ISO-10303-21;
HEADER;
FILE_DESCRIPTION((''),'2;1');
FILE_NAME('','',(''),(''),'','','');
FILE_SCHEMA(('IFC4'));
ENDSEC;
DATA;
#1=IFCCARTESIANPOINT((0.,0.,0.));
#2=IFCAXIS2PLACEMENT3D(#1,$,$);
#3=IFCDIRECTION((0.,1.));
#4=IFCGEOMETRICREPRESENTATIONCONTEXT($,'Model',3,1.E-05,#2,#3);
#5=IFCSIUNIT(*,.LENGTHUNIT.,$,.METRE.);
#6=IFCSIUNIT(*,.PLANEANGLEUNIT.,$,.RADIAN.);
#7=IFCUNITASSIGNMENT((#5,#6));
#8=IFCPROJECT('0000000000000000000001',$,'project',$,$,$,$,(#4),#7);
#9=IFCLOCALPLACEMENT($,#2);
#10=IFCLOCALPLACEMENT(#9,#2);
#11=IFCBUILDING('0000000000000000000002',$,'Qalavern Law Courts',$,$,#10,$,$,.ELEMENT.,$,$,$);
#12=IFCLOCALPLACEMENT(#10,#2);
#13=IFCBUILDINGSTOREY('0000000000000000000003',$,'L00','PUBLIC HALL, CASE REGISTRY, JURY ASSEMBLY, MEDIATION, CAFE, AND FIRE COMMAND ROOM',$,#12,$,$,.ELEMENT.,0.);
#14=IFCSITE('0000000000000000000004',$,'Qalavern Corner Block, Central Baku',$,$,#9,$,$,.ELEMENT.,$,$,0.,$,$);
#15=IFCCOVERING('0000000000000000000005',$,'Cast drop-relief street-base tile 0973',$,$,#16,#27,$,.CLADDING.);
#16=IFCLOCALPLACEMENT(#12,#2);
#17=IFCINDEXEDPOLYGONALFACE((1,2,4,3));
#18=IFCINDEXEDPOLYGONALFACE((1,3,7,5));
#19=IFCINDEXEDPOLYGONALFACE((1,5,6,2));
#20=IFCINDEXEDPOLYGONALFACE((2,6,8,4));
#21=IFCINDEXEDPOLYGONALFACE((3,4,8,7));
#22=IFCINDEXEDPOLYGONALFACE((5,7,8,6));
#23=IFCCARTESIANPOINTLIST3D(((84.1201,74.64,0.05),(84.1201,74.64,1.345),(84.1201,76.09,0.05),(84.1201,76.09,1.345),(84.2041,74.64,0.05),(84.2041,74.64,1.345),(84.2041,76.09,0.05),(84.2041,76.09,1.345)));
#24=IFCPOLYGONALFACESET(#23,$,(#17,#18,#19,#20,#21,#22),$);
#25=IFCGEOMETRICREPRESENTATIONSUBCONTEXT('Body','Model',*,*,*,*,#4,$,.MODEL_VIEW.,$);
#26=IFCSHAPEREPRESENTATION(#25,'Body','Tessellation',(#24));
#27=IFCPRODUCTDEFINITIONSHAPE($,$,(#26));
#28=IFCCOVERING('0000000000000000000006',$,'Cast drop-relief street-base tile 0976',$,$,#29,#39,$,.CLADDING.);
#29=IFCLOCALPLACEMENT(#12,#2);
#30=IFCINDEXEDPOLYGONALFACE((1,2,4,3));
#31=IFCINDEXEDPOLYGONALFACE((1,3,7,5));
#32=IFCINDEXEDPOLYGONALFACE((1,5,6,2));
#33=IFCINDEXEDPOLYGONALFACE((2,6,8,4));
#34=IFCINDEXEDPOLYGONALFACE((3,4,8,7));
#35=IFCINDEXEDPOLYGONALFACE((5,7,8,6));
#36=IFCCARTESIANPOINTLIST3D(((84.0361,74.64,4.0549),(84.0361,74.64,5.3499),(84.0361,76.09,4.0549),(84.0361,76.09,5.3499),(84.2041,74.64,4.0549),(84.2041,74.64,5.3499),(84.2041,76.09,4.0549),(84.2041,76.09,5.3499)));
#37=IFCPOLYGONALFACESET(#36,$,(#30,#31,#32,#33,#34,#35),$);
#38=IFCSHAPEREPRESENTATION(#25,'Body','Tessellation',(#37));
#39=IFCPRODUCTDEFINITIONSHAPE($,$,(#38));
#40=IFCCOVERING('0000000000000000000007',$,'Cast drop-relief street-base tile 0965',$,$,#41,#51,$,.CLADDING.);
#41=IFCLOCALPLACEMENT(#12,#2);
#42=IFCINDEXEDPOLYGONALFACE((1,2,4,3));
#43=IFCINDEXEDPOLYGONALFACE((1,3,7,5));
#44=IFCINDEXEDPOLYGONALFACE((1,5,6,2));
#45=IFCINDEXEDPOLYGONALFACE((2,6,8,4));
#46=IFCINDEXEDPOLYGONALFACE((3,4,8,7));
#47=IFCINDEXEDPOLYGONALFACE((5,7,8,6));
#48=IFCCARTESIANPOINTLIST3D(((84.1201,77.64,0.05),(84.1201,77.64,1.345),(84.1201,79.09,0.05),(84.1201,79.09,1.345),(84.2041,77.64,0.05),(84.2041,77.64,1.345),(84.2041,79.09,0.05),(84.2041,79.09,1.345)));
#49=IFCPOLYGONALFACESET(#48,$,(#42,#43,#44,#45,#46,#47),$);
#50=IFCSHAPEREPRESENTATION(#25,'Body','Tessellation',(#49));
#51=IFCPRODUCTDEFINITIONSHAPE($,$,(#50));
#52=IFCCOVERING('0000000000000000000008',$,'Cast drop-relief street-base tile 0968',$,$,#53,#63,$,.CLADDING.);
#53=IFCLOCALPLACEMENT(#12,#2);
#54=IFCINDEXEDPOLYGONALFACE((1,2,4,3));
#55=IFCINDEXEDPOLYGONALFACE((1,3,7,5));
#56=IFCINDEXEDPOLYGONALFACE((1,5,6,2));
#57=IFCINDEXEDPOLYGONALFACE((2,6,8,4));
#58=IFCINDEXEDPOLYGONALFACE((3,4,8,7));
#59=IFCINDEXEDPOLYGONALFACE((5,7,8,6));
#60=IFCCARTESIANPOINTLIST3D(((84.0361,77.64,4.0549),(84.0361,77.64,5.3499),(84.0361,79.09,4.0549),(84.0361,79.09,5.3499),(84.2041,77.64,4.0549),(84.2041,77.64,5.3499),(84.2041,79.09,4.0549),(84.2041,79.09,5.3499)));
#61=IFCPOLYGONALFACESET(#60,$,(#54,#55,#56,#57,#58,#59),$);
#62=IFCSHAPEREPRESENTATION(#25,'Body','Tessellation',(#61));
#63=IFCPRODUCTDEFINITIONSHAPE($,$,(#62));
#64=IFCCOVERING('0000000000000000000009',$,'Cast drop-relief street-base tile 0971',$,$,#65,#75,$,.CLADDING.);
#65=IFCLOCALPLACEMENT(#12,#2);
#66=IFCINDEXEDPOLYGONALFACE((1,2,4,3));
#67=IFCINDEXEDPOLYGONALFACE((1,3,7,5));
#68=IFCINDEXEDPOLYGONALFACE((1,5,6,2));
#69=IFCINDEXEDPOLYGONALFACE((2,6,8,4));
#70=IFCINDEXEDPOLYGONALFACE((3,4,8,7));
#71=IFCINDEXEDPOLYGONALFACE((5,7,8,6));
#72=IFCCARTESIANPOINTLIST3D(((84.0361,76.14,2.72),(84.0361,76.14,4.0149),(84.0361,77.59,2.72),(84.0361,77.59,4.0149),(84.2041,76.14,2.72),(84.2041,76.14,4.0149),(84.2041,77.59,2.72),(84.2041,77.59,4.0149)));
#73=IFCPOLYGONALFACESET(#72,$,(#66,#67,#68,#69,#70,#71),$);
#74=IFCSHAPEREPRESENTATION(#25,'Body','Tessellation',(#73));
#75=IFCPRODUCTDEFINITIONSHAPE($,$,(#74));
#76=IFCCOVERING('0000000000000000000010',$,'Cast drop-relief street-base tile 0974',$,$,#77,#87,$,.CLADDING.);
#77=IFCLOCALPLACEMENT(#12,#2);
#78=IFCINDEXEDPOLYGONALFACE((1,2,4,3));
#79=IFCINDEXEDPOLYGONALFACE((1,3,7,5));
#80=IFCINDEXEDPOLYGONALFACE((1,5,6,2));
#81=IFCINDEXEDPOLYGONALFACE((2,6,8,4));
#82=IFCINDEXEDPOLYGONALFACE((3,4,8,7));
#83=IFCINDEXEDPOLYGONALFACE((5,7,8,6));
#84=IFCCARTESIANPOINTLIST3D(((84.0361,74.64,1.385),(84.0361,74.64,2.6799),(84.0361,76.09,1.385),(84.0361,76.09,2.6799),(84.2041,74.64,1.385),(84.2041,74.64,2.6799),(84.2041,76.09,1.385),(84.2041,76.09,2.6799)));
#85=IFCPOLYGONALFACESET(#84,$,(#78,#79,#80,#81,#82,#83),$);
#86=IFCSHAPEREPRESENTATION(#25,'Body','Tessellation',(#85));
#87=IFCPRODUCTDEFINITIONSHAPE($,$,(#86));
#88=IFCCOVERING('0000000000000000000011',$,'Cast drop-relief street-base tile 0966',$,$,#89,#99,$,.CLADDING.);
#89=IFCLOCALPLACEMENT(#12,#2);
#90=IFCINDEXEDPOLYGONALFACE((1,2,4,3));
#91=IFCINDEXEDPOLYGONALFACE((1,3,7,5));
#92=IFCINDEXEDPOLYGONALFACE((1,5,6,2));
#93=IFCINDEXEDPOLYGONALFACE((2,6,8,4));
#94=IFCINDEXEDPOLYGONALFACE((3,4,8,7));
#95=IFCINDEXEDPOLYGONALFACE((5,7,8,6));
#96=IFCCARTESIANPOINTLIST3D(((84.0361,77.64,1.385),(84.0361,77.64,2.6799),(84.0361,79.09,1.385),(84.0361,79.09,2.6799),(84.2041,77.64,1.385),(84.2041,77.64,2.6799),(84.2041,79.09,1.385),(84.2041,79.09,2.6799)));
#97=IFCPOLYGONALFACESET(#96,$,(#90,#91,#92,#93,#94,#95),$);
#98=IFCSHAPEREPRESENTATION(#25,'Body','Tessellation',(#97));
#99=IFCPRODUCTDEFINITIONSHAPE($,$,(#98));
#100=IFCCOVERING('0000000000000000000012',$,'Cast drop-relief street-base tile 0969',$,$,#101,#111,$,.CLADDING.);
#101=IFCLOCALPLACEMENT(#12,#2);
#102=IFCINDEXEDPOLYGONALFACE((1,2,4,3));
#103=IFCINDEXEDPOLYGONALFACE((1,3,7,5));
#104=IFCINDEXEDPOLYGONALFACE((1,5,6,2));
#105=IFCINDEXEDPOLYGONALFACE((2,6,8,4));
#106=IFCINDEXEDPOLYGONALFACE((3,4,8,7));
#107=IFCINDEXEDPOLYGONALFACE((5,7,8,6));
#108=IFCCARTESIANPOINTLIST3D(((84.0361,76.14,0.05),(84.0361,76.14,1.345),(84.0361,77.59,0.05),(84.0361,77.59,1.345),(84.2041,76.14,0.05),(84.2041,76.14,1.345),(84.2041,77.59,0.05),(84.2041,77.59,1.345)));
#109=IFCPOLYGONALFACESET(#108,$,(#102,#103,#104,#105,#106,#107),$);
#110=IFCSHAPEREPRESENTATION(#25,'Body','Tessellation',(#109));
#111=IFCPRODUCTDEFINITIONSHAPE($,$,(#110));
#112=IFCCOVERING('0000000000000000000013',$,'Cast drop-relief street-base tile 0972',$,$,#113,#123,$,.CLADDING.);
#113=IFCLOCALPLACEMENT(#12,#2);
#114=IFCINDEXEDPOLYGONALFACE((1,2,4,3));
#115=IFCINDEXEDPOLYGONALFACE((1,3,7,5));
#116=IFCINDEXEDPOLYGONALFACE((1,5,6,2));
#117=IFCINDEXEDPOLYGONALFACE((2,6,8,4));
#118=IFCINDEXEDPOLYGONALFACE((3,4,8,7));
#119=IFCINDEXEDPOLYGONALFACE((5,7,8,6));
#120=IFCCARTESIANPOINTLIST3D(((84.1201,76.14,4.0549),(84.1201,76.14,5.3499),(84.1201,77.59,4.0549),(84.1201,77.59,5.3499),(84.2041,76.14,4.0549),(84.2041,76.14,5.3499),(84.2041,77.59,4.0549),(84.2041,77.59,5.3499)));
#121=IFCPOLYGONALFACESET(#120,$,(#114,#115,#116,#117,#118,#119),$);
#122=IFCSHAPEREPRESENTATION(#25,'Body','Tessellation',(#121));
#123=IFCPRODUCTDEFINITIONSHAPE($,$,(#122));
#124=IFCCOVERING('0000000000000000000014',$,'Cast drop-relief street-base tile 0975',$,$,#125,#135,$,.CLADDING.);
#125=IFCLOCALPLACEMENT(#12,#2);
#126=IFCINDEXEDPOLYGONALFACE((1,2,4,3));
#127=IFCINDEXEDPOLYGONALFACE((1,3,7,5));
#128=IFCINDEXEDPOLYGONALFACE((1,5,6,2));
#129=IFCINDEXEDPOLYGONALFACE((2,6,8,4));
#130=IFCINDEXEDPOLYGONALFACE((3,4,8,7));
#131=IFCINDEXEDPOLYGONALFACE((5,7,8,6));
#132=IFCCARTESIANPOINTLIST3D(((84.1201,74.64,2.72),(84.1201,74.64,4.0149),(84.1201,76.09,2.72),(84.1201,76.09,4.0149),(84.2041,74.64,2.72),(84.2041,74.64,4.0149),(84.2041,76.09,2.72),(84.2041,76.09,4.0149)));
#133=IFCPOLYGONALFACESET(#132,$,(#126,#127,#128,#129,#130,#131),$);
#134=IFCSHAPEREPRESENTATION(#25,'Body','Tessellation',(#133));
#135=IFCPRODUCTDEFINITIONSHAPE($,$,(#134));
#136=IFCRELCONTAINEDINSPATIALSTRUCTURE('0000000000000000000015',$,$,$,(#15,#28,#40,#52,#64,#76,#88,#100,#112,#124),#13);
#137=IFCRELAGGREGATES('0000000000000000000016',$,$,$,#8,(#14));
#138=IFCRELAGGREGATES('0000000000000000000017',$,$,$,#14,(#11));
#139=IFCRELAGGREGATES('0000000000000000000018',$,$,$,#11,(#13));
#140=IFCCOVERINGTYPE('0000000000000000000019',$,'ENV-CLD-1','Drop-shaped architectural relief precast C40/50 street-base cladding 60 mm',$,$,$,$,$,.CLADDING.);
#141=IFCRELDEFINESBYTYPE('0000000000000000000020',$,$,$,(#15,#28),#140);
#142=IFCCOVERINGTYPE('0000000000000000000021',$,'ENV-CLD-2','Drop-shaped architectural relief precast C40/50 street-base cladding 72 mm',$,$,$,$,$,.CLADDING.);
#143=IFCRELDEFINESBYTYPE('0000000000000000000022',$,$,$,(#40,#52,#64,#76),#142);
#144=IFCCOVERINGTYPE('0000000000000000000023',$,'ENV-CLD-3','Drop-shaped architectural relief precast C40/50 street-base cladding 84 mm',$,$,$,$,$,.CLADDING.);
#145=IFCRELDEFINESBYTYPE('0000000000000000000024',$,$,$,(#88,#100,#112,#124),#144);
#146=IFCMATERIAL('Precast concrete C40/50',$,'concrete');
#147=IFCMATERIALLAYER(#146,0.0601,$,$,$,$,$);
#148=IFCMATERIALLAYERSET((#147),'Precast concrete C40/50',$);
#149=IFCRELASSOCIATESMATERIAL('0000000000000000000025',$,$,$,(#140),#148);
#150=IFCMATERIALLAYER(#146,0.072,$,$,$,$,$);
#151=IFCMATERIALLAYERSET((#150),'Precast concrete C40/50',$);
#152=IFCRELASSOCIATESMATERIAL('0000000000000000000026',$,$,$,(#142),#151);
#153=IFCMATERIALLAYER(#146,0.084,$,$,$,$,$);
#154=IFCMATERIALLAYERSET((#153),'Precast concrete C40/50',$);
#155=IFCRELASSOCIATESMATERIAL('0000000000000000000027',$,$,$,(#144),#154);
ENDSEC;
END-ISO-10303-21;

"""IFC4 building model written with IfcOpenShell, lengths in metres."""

from ifc_helpers import new_model, si_unit, direction, frame, origin, origin_2d, place, context, subcontext, project, spatial, rectangle, extrude, material, layer, layer_set, type_object, element, save


model = new_model("IFC4")

# Units and contexts
model_context = context("Model", 3, precision=1e-05, world=origin(), true_north=direction((0.0, 1.0)))
body_context = subcontext(model_context, "Body", "Model", "MODEL_VIEW")
ifc_project = project(units=[si_unit("LENGTHUNIT", "METRE"), si_unit("PLANEANGLEUNIT", "RADIAN")], contexts=[model_context])

# Site, building, storey
site_placement = place(None, origin())
site = spatial("IfcSite", under=ifc_project, at=site_placement, Name="Qalavern Corner Block, Central Baku", CompositionType="ELEMENT", RefElevation=0.0)
building_placement = place(site_placement, origin())
building = spatial("IfcBuilding", under=site, at=building_placement, Name="Qalavern Law Courts", CompositionType="ELEMENT")
storey_placement = place(building_placement, origin())
storey = spatial("IfcBuildingStorey", under=building, at=storey_placement, Name="L00", Description="PUBLIC HALL, CASE REGISTRY, JURY ASSEMBLY, MEDIATION, CAFE, AND FIRE COMMAND ROOM", CompositionType="ELEMENT", Elevation=0.0)

# Coverings
ifc_material_1 = material(Name="Precast concrete C40/50", Category="concrete")
ifc_layer_1 = layer(ifc_material_1, 0.0601)
ifc_layer_set_1 = layer_set([ifc_layer_1], Name="Precast concrete C40/50")
covering_type_1 = type_object("IfcCoveringType", Name="ENV-CLD-1", Description="Drop-shaped architectural relief precast C40/50 street-base cladding 60 mm", PredefinedType="CLADDING", material=ifc_layer_set_1)
for number, where, z_axis, x_axis, name in (
    (1, (84.1621, 75.365, 0.05), (0.0, 0.0, 1.0), (0.0, -1.0, 0.0), "Cast drop-relief street-base tile 0973"),
):
    element("IfcCovering", number, at=place(storey_placement, frame(where, z_axis=z_axis, x_axis=x_axis)), inside=storey, type_object=covering_type_1, Name=name, PredefinedType="CLADDING", context=body_context, shape_type="SweptSolid", body=[
        extrude(rectangle(XDim=1.45, YDim=0.084, at=origin_2d()), origin(), (0.0, 0.0, 1.0), 1.2949),
    ])
covering_1_placement = place(storey_placement, frame((84.1201, 75.365, 4.0549), z_axis=(0.0, 0.0, 1.0), x_axis=(0.0, -1.0, 0.0)))
element("IfcCovering", 2, at=covering_1_placement, inside=storey, type_object=covering_type_1, Name="Cast drop-relief street-base tile 0976", PredefinedType="CLADDING", context=body_context, shape_type="SweptSolid", body=[
    extrude(rectangle(XDim=1.45, YDim=0.168, at=origin_2d()), origin(), (0.0, 0.0, 1.0), 1.2949),
])
ifc_layer_2 = layer(ifc_material_1, 0.072)
ifc_layer_set_2 = layer_set([ifc_layer_2], Name="Precast concrete C40/50")
covering_type_2 = type_object("IfcCoveringType", Name="ENV-CLD-2", Description="Drop-shaped architectural relief precast C40/50 street-base cladding 72 mm", PredefinedType="CLADDING", material=ifc_layer_set_2)
covering_2_placement = place(storey_placement, frame((84.1621, 78.365, 0.05), z_axis=(0.0, 0.0, 1.0), x_axis=(0.0, -1.0, 0.0)))
element("IfcCovering", 3, at=covering_2_placement, inside=storey, type_object=covering_type_2, Name="Cast drop-relief street-base tile 0965", PredefinedType="CLADDING", context=body_context, shape_type="SweptSolid", body=[
    extrude(rectangle(XDim=1.45, YDim=0.084, at=origin_2d()), origin(), (0.0, 0.0, 1.0), 1.2949),
])
for number, where, z_axis, x_axis, name in (
    (4, (84.1201, 78.365, 4.0549), (0.0, 0.0, 1.0), (0.0, -1.0, 0.0), "Cast drop-relief street-base tile 0968"),
    (5, (84.1201, 76.865, 2.72), (0.0, 0.0, 1.0), (0.0, -1.0, 0.0), "Cast drop-relief street-base tile 0971"),
    (6, (84.1201, 75.365, 1.385), (0.0, 0.0, 1.0), (0.0, -1.0, 0.0), "Cast drop-relief street-base tile 0974"),
):
    element("IfcCovering", number, at=place(storey_placement, frame(where, z_axis=z_axis, x_axis=x_axis)), inside=storey, type_object=covering_type_2, Name=name, PredefinedType="CLADDING", context=body_context, shape_type="SweptSolid", body=[
        extrude(rectangle(XDim=1.45, YDim=0.168, at=origin_2d()), origin(), (0.0, 0.0, 1.0), 1.2949),
    ])
ifc_layer_3 = layer(ifc_material_1, 0.084)
ifc_layer_set_3 = layer_set([ifc_layer_3], Name="Precast concrete C40/50")
covering_type_3 = type_object("IfcCoveringType", Name="ENV-CLD-3", Description="Drop-shaped architectural relief precast C40/50 street-base cladding 84 mm", PredefinedType="CLADDING", material=ifc_layer_set_3)
for number, where, z_axis, x_axis, name in (
    (7, (84.1201, 78.365, 1.385), (0.0, 0.0, 1.0), (0.0, -1.0, 0.0), "Cast drop-relief street-base tile 0966"),
    (8, (84.1201, 76.865, 0.05), (0.0, 0.0, 1.0), (0.0, -1.0, 0.0), "Cast drop-relief street-base tile 0969"),
):
    element("IfcCovering", number, at=place(storey_placement, frame(where, z_axis=z_axis, x_axis=x_axis)), inside=storey, type_object=covering_type_3, Name=name, PredefinedType="CLADDING", context=body_context, shape_type="SweptSolid", body=[
        extrude(rectangle(XDim=1.45, YDim=0.168, at=origin_2d()), origin(), (0.0, 0.0, 1.0), 1.2949),
    ])
for number, where, z_axis, x_axis, name in (
    (9, (84.1621, 76.865, 4.0549), (0.0, 0.0, 1.0), (0.0, -1.0, 0.0), "Cast drop-relief street-base tile 0972"),
    (10, (84.1621, 75.365, 2.72), (0.0, 0.0, 1.0), (0.0, -1.0, 0.0), "Cast drop-relief street-base tile 0975"),
):
    element("IfcCovering", number, at=place(storey_placement, frame(where, z_axis=z_axis, x_axis=x_axis)), inside=storey, type_object=covering_type_3, Name=name, PredefinedType="CLADDING", context=body_context, shape_type="SweptSolid", body=[
        extrude(rectangle(XDim=1.45, YDim=0.084, at=origin_2d()), origin(), (0.0, 0.0, 1.0), 1.2949),
    ])

save(model, "model.ifc")
